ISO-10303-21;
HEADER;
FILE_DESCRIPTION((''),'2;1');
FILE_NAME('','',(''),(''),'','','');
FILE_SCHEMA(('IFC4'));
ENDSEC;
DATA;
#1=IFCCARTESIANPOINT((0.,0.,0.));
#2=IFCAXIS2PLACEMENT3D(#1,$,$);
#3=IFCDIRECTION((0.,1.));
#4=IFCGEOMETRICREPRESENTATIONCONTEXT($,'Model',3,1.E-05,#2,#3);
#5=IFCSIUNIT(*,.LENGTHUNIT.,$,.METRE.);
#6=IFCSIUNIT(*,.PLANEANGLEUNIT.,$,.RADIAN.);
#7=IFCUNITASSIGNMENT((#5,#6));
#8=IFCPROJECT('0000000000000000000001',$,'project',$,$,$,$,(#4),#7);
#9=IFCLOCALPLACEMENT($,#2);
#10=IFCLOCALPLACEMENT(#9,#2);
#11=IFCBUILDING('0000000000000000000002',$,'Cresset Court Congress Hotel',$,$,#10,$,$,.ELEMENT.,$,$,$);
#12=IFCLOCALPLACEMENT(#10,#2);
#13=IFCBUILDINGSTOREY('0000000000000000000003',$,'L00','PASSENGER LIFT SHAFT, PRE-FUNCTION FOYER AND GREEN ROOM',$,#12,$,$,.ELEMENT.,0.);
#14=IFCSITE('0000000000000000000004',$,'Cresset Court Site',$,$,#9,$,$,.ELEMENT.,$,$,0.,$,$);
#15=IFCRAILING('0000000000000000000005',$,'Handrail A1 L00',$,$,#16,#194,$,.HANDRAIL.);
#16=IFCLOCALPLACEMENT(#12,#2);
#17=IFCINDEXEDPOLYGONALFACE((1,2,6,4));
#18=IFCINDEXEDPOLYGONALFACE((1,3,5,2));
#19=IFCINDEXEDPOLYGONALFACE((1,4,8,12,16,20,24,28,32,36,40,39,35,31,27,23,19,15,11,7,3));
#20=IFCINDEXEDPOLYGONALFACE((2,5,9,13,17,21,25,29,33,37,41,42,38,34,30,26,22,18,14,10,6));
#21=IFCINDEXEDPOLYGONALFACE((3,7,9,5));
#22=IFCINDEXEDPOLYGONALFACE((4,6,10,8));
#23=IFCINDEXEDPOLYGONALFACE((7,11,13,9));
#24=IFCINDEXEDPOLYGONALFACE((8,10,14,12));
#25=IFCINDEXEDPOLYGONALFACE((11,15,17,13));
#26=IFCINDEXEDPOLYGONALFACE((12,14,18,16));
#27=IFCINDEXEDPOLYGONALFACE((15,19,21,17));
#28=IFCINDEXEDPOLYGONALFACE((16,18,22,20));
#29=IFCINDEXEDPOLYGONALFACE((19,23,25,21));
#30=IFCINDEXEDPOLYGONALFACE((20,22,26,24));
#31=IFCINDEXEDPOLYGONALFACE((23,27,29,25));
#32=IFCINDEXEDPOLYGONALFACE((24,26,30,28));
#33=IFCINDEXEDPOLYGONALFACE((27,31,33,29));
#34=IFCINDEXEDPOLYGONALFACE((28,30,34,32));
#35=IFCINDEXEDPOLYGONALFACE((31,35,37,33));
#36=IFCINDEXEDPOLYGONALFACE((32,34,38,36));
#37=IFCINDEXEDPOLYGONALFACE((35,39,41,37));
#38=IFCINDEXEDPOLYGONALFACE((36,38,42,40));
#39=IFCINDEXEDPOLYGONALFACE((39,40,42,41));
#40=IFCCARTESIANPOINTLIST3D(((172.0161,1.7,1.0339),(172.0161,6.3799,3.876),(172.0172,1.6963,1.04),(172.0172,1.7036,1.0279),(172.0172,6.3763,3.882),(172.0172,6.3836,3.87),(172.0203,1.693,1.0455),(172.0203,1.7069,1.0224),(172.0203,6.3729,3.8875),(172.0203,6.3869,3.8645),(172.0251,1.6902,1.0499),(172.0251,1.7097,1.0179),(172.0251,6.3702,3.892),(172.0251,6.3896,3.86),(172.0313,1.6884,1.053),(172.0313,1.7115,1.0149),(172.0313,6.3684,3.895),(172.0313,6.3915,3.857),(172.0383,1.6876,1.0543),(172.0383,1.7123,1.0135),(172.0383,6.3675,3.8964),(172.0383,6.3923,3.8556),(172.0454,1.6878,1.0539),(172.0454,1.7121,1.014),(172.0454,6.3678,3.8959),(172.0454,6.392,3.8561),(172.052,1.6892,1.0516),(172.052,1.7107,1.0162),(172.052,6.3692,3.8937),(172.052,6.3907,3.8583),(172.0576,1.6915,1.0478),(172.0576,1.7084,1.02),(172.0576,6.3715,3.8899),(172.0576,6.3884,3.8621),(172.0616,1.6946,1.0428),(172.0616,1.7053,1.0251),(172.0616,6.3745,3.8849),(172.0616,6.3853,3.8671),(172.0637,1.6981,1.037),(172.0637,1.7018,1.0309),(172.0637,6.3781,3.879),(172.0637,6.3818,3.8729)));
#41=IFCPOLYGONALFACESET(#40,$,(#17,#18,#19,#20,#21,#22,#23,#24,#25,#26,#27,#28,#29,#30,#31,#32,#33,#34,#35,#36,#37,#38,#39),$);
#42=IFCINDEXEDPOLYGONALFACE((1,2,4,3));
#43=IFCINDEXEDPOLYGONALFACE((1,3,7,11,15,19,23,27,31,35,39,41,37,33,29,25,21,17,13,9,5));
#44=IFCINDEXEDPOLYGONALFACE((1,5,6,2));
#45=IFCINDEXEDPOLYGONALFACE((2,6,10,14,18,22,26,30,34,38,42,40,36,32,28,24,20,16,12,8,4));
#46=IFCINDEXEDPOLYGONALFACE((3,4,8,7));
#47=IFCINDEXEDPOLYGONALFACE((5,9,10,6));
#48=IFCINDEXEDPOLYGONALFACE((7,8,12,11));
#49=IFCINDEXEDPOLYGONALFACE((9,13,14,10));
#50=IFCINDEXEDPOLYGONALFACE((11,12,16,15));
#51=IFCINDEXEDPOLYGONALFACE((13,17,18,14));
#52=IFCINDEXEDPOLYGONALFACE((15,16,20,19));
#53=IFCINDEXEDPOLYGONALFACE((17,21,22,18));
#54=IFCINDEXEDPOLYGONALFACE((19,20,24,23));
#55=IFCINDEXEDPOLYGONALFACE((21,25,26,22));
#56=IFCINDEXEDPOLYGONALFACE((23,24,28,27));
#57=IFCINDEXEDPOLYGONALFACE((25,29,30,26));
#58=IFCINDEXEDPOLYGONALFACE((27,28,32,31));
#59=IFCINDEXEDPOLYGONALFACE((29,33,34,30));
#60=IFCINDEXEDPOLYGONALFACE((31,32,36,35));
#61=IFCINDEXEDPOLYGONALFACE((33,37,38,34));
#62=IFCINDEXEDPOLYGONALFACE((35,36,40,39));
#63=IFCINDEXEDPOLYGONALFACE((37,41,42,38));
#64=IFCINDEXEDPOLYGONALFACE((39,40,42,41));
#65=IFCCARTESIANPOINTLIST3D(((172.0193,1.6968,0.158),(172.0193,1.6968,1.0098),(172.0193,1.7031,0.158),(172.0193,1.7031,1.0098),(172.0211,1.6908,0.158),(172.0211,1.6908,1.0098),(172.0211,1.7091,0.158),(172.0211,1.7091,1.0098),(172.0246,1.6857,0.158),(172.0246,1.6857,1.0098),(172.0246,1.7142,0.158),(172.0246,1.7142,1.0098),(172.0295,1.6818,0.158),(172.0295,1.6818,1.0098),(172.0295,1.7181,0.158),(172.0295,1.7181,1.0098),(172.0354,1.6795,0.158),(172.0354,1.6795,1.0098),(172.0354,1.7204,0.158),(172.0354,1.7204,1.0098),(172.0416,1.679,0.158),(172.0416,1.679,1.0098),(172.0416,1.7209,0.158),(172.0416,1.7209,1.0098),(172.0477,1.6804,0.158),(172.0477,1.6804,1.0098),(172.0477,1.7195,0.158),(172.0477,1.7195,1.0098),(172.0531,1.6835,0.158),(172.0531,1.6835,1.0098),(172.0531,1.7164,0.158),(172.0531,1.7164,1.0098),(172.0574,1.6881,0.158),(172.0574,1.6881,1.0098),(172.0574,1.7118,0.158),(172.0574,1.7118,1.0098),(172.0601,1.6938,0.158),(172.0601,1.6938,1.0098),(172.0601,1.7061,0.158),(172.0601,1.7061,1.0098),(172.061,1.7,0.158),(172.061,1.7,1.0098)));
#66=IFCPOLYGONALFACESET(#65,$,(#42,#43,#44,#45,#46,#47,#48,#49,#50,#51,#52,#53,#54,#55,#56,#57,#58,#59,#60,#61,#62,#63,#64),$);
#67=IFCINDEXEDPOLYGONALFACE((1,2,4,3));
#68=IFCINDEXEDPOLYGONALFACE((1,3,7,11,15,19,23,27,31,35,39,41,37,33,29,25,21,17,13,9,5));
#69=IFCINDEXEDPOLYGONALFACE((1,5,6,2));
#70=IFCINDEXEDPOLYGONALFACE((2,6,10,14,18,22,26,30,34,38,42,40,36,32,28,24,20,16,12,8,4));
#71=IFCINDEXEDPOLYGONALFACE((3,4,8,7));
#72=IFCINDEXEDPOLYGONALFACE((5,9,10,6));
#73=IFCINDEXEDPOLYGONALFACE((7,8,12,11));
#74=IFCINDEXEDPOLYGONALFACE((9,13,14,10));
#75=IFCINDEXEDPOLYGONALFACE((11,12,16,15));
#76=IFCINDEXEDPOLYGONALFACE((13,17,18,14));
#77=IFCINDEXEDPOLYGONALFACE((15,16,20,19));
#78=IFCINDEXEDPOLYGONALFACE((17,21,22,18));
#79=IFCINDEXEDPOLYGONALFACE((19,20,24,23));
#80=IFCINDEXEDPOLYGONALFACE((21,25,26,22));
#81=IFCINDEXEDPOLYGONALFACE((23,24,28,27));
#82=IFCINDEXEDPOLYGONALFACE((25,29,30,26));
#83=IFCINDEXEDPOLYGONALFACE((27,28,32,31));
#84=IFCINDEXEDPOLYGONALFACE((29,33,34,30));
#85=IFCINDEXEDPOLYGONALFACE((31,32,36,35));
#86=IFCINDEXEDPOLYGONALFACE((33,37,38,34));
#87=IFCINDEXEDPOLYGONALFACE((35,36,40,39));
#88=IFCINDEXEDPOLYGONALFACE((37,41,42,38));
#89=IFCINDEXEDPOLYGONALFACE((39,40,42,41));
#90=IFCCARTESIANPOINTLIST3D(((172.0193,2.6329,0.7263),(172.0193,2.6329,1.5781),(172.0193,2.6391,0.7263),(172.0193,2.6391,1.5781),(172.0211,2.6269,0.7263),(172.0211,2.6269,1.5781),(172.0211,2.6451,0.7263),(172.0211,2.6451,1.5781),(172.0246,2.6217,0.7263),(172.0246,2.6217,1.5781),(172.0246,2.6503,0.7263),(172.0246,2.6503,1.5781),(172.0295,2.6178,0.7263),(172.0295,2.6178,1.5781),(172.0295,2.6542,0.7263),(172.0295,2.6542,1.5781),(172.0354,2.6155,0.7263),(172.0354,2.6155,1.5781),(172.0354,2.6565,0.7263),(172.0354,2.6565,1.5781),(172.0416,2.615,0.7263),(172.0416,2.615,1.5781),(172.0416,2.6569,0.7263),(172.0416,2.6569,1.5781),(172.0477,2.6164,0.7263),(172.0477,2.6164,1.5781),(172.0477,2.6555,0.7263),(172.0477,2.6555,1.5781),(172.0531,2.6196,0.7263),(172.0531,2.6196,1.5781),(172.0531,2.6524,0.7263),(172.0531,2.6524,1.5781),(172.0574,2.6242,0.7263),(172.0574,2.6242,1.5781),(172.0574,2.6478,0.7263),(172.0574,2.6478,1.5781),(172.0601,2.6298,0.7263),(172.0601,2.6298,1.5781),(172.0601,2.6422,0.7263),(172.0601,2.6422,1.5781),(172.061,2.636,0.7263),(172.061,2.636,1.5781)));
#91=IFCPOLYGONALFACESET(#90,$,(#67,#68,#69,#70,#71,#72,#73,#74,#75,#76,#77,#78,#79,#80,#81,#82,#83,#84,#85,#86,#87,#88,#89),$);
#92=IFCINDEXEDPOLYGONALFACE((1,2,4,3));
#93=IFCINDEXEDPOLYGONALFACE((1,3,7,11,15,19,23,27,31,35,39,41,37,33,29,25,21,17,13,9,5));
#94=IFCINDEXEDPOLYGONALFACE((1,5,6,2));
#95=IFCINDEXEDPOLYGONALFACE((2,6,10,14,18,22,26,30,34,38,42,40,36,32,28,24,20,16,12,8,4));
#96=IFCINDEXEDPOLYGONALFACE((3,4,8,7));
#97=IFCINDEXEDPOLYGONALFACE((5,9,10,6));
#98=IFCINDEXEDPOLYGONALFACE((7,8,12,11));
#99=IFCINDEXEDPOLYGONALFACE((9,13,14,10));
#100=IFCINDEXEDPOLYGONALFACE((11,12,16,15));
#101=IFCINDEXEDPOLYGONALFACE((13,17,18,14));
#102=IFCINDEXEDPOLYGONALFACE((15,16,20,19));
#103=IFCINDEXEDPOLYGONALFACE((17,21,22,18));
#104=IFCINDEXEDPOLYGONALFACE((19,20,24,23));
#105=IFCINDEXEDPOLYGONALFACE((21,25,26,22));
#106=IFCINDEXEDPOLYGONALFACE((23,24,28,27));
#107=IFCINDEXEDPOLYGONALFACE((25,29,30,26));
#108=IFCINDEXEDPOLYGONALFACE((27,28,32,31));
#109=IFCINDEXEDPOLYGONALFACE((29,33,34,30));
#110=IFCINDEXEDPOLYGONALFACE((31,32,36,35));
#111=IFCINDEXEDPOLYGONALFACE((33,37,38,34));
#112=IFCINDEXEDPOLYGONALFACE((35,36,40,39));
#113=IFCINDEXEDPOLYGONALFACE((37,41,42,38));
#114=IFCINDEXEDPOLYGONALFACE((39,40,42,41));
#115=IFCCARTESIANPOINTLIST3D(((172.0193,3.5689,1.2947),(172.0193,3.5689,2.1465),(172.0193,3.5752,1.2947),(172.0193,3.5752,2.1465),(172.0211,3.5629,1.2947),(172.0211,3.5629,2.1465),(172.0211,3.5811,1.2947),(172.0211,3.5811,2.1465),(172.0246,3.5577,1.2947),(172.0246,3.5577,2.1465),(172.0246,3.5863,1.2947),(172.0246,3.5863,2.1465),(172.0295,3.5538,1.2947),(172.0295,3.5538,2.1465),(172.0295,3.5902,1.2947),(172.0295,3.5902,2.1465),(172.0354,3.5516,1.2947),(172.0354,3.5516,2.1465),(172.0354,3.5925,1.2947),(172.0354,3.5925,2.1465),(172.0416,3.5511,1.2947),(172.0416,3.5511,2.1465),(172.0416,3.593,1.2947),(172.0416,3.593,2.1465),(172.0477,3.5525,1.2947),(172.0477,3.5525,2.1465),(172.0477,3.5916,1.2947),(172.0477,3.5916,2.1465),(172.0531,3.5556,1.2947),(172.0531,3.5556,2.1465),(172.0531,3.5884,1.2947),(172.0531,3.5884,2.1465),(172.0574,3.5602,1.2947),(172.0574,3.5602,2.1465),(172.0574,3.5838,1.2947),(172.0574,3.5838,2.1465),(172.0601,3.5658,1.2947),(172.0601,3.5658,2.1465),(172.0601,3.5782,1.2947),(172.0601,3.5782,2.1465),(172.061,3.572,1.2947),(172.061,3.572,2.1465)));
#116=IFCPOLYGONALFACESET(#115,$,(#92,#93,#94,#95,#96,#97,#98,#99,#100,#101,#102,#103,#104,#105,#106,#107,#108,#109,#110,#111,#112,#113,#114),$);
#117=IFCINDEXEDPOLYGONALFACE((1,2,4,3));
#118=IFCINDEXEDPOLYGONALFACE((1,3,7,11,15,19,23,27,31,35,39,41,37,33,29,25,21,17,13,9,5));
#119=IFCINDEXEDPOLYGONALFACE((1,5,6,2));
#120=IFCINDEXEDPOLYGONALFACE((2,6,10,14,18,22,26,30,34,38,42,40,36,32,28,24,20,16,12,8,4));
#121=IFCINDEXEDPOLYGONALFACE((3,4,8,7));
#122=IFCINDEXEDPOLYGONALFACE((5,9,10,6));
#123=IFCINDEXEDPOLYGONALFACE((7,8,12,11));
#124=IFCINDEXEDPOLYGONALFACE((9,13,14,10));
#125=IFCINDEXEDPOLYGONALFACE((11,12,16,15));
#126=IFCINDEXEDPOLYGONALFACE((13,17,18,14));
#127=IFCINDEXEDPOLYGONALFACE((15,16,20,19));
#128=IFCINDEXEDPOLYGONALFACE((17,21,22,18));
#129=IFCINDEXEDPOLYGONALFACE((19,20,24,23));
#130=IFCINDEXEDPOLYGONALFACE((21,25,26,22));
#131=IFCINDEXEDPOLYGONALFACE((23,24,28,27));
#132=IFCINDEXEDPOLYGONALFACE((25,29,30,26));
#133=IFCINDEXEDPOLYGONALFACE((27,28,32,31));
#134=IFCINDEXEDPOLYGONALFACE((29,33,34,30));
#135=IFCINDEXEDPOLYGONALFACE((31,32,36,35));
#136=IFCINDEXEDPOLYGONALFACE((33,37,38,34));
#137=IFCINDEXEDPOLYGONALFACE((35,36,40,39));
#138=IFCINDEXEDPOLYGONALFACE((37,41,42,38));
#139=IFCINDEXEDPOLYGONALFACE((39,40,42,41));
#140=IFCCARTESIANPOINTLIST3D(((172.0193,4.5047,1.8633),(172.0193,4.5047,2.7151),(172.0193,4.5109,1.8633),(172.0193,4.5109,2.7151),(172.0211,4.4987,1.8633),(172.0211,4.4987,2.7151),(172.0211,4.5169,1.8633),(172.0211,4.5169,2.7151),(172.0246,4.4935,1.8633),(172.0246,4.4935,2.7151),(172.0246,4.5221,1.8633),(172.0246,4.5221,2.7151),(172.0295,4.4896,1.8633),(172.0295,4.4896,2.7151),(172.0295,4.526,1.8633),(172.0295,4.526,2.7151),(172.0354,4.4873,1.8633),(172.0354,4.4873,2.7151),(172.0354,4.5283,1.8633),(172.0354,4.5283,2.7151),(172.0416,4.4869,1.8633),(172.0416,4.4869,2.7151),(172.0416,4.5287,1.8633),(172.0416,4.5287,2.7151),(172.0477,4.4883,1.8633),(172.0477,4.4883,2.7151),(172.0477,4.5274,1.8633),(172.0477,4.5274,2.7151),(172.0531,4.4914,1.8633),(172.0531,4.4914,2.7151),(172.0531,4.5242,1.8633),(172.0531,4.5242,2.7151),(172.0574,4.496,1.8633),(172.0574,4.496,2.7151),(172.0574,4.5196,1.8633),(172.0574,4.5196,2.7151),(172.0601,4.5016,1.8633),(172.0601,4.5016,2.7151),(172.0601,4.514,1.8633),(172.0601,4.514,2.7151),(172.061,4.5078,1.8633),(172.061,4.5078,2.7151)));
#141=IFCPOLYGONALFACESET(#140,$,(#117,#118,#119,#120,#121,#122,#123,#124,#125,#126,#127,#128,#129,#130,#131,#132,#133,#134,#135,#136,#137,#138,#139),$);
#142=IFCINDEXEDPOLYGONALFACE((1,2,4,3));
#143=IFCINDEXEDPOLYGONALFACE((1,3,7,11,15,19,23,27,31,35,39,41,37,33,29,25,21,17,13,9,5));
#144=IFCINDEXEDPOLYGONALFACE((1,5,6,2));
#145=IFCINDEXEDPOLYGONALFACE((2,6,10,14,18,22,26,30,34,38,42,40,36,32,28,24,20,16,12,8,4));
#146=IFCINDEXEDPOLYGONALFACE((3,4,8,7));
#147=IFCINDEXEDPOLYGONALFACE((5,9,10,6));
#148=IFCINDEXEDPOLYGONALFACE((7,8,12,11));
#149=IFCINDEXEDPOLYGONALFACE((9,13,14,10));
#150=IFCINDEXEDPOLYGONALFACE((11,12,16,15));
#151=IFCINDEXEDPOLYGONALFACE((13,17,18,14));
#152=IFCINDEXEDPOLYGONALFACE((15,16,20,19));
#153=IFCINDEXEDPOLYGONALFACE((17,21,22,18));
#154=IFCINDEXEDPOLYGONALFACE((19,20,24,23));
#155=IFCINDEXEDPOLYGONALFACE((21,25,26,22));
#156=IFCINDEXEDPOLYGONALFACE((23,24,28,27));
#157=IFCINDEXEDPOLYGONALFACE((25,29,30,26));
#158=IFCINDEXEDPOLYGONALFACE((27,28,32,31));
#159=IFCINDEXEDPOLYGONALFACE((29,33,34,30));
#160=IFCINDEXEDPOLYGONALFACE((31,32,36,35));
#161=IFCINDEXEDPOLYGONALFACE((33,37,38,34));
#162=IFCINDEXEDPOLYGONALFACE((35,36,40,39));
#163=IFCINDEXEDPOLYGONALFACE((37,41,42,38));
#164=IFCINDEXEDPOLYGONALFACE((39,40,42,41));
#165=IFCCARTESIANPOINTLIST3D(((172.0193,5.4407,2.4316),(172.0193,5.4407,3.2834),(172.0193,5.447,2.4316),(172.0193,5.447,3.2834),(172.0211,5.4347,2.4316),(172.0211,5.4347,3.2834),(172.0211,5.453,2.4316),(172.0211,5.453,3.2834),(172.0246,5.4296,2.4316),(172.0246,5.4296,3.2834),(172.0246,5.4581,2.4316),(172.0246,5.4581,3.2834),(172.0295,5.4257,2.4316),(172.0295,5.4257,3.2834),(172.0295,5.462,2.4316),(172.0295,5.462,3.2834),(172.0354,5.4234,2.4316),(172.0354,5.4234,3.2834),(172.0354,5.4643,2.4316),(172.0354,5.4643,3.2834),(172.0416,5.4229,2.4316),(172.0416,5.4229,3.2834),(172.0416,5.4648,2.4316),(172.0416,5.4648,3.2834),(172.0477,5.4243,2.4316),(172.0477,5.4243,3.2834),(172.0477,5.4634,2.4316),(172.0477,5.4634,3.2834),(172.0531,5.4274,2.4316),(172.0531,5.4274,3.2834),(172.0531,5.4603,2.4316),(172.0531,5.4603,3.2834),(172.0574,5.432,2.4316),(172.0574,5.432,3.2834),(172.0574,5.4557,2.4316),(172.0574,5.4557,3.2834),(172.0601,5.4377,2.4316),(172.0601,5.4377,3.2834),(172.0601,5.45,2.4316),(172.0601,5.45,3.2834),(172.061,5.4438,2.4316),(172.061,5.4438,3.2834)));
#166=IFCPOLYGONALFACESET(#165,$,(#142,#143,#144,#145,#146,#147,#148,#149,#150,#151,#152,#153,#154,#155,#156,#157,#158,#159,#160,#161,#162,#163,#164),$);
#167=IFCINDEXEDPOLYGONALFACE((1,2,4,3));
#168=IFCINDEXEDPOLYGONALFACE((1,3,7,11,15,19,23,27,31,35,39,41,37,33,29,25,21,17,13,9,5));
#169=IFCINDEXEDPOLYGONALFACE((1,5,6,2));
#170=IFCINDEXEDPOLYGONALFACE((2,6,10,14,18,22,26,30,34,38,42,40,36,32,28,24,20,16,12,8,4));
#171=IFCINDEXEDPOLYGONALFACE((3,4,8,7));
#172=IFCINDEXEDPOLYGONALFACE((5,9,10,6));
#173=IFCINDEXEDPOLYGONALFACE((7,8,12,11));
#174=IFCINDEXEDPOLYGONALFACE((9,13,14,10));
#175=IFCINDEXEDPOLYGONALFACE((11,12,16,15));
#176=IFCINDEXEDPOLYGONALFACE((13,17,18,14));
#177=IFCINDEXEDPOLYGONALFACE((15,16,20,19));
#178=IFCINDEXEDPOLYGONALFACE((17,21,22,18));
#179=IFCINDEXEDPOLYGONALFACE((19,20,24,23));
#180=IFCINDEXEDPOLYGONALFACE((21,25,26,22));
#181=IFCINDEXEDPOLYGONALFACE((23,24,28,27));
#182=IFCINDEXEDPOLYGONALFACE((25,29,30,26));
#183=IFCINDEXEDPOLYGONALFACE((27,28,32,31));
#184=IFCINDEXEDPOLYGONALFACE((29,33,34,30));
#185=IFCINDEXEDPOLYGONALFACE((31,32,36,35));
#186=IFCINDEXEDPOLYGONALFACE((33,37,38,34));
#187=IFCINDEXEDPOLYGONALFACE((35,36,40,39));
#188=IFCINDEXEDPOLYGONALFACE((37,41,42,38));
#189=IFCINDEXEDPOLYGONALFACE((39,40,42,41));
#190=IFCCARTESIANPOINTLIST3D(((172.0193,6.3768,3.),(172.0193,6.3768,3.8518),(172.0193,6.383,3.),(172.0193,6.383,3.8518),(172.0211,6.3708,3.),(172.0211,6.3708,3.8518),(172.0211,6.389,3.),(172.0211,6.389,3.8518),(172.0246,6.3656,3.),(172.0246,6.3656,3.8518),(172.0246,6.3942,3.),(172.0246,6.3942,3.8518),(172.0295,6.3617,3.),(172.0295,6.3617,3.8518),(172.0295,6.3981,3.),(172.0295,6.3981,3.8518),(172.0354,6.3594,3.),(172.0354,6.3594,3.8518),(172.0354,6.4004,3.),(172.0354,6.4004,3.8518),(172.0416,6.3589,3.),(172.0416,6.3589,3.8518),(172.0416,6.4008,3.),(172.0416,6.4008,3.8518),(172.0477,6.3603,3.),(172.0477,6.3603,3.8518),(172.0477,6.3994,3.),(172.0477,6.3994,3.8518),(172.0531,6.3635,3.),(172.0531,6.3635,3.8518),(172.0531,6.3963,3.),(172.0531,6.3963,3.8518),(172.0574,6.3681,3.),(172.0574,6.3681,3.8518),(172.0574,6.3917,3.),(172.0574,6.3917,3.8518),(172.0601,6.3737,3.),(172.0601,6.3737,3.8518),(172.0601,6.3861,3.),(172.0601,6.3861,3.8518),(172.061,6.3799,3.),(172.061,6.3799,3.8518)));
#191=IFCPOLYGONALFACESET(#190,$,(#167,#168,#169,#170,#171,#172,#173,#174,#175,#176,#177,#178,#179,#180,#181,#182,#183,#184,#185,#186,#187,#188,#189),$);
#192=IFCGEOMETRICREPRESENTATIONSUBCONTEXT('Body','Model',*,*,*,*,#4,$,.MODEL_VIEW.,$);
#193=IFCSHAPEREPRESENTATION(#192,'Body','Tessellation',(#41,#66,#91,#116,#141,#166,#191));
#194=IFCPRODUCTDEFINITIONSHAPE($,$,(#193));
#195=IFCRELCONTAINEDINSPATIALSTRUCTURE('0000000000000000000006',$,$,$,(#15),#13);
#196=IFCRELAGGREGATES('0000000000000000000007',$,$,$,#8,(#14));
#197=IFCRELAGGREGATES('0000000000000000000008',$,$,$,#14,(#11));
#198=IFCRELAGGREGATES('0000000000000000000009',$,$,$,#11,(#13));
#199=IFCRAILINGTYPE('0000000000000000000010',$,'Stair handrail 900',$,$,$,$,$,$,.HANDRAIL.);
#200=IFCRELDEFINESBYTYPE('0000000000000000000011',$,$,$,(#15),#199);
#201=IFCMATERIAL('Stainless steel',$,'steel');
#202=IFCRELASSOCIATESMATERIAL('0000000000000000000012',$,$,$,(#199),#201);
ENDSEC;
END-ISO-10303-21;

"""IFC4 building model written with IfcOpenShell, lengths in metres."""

from ifc_helpers import new_model, si_unit, direction, frame, origin, origin_2d, place, context, subcontext, project, spatial, circle, extrude, material, type_object, element, save


model = new_model("IFC4")

# Units and contexts
model_context = context("Model", 3, precision=1e-05, world=origin(), true_north=direction((0.0, 1.0)))
body_context = subcontext(model_context, "Body", "Model", "MODEL_VIEW")
ifc_project = project(units=[si_unit("LENGTHUNIT", "METRE"), si_unit("PLANEANGLEUNIT", "RADIAN")], contexts=[model_context])

# Site, building, storey
site_placement = place(None, origin())
site = spatial("IfcSite", under=ifc_project, at=site_placement, Name="Cresset Court Site", CompositionType="ELEMENT", RefElevation=0.0)
building_placement = place(site_placement, origin())
building = spatial("IfcBuilding", under=site, at=building_placement, Name="Cresset Court Congress Hotel", CompositionType="ELEMENT")
storey_placement = place(building_placement, origin())
storey = spatial("IfcBuildingStorey", under=building, at=storey_placement, Name="L00", Description="PASSENGER LIFT SHAFT, PRE-FUNCTION FOYER AND GREEN ROOM", CompositionType="ELEMENT", Elevation=0.0)

# Railing
ifc_material_1 = material(Name="Stainless steel", Category="steel")
railing_type_1 = type_object("IfcRailingType", Name="Stair handrail 900", PredefinedType="HANDRAIL", material=ifc_material_1)
for number, where, name in (
    (1, (172.04, 1.7, 0.158), "Handrail A1 L00"),
):
    element("IfcRailing", number, at=place(storey_placement, frame(where)), inside=storey, type_object=railing_type_1, Name=name, PredefinedType="HANDRAIL", context=body_context, shape_type="SweptSolid", body=[
        extrude(circle(Radius=0.0239, at=origin_2d()), frame((0.0, 0.0, 0.876), z_axis=(0.0, 0.854735, 0.519065), x_axis=(-1.0, 0.0, 0.0)), (0.0, 0.0, 1.0), 5.4753),
        extrude(circle(Radius=0.021, at=origin_2d()), origin(), (0.0, 0.0, 1.0), 0.8518),
        extrude(circle(Radius=0.021, at=origin_2d()), frame((0.0, 0.936, 0.5684)), (0.0, 0.0, 1.0), 0.8518),
        extrude(circle(Radius=0.021, at=origin_2d()), frame((0.0, 1.8721, 1.1367)), (0.0, 0.0, 1.0), 0.8518),
        extrude(circle(Radius=0.021, at=origin_2d()), frame((0.0, 2.8079, 1.7053)), (0.0, 0.0, 1.0), 0.8518),
        extrude(circle(Radius=0.021, at=origin_2d()), frame((0.0, 3.7439, 2.2737)), (0.0, 0.0, 1.0), 0.8518),
        extrude(circle(Radius=0.021, at=origin_2d()), frame((0.0, 4.6799, 2.842)), (0.0, 0.0, 1.0), 0.8518),
    ])

save(model, "model.ifc")
